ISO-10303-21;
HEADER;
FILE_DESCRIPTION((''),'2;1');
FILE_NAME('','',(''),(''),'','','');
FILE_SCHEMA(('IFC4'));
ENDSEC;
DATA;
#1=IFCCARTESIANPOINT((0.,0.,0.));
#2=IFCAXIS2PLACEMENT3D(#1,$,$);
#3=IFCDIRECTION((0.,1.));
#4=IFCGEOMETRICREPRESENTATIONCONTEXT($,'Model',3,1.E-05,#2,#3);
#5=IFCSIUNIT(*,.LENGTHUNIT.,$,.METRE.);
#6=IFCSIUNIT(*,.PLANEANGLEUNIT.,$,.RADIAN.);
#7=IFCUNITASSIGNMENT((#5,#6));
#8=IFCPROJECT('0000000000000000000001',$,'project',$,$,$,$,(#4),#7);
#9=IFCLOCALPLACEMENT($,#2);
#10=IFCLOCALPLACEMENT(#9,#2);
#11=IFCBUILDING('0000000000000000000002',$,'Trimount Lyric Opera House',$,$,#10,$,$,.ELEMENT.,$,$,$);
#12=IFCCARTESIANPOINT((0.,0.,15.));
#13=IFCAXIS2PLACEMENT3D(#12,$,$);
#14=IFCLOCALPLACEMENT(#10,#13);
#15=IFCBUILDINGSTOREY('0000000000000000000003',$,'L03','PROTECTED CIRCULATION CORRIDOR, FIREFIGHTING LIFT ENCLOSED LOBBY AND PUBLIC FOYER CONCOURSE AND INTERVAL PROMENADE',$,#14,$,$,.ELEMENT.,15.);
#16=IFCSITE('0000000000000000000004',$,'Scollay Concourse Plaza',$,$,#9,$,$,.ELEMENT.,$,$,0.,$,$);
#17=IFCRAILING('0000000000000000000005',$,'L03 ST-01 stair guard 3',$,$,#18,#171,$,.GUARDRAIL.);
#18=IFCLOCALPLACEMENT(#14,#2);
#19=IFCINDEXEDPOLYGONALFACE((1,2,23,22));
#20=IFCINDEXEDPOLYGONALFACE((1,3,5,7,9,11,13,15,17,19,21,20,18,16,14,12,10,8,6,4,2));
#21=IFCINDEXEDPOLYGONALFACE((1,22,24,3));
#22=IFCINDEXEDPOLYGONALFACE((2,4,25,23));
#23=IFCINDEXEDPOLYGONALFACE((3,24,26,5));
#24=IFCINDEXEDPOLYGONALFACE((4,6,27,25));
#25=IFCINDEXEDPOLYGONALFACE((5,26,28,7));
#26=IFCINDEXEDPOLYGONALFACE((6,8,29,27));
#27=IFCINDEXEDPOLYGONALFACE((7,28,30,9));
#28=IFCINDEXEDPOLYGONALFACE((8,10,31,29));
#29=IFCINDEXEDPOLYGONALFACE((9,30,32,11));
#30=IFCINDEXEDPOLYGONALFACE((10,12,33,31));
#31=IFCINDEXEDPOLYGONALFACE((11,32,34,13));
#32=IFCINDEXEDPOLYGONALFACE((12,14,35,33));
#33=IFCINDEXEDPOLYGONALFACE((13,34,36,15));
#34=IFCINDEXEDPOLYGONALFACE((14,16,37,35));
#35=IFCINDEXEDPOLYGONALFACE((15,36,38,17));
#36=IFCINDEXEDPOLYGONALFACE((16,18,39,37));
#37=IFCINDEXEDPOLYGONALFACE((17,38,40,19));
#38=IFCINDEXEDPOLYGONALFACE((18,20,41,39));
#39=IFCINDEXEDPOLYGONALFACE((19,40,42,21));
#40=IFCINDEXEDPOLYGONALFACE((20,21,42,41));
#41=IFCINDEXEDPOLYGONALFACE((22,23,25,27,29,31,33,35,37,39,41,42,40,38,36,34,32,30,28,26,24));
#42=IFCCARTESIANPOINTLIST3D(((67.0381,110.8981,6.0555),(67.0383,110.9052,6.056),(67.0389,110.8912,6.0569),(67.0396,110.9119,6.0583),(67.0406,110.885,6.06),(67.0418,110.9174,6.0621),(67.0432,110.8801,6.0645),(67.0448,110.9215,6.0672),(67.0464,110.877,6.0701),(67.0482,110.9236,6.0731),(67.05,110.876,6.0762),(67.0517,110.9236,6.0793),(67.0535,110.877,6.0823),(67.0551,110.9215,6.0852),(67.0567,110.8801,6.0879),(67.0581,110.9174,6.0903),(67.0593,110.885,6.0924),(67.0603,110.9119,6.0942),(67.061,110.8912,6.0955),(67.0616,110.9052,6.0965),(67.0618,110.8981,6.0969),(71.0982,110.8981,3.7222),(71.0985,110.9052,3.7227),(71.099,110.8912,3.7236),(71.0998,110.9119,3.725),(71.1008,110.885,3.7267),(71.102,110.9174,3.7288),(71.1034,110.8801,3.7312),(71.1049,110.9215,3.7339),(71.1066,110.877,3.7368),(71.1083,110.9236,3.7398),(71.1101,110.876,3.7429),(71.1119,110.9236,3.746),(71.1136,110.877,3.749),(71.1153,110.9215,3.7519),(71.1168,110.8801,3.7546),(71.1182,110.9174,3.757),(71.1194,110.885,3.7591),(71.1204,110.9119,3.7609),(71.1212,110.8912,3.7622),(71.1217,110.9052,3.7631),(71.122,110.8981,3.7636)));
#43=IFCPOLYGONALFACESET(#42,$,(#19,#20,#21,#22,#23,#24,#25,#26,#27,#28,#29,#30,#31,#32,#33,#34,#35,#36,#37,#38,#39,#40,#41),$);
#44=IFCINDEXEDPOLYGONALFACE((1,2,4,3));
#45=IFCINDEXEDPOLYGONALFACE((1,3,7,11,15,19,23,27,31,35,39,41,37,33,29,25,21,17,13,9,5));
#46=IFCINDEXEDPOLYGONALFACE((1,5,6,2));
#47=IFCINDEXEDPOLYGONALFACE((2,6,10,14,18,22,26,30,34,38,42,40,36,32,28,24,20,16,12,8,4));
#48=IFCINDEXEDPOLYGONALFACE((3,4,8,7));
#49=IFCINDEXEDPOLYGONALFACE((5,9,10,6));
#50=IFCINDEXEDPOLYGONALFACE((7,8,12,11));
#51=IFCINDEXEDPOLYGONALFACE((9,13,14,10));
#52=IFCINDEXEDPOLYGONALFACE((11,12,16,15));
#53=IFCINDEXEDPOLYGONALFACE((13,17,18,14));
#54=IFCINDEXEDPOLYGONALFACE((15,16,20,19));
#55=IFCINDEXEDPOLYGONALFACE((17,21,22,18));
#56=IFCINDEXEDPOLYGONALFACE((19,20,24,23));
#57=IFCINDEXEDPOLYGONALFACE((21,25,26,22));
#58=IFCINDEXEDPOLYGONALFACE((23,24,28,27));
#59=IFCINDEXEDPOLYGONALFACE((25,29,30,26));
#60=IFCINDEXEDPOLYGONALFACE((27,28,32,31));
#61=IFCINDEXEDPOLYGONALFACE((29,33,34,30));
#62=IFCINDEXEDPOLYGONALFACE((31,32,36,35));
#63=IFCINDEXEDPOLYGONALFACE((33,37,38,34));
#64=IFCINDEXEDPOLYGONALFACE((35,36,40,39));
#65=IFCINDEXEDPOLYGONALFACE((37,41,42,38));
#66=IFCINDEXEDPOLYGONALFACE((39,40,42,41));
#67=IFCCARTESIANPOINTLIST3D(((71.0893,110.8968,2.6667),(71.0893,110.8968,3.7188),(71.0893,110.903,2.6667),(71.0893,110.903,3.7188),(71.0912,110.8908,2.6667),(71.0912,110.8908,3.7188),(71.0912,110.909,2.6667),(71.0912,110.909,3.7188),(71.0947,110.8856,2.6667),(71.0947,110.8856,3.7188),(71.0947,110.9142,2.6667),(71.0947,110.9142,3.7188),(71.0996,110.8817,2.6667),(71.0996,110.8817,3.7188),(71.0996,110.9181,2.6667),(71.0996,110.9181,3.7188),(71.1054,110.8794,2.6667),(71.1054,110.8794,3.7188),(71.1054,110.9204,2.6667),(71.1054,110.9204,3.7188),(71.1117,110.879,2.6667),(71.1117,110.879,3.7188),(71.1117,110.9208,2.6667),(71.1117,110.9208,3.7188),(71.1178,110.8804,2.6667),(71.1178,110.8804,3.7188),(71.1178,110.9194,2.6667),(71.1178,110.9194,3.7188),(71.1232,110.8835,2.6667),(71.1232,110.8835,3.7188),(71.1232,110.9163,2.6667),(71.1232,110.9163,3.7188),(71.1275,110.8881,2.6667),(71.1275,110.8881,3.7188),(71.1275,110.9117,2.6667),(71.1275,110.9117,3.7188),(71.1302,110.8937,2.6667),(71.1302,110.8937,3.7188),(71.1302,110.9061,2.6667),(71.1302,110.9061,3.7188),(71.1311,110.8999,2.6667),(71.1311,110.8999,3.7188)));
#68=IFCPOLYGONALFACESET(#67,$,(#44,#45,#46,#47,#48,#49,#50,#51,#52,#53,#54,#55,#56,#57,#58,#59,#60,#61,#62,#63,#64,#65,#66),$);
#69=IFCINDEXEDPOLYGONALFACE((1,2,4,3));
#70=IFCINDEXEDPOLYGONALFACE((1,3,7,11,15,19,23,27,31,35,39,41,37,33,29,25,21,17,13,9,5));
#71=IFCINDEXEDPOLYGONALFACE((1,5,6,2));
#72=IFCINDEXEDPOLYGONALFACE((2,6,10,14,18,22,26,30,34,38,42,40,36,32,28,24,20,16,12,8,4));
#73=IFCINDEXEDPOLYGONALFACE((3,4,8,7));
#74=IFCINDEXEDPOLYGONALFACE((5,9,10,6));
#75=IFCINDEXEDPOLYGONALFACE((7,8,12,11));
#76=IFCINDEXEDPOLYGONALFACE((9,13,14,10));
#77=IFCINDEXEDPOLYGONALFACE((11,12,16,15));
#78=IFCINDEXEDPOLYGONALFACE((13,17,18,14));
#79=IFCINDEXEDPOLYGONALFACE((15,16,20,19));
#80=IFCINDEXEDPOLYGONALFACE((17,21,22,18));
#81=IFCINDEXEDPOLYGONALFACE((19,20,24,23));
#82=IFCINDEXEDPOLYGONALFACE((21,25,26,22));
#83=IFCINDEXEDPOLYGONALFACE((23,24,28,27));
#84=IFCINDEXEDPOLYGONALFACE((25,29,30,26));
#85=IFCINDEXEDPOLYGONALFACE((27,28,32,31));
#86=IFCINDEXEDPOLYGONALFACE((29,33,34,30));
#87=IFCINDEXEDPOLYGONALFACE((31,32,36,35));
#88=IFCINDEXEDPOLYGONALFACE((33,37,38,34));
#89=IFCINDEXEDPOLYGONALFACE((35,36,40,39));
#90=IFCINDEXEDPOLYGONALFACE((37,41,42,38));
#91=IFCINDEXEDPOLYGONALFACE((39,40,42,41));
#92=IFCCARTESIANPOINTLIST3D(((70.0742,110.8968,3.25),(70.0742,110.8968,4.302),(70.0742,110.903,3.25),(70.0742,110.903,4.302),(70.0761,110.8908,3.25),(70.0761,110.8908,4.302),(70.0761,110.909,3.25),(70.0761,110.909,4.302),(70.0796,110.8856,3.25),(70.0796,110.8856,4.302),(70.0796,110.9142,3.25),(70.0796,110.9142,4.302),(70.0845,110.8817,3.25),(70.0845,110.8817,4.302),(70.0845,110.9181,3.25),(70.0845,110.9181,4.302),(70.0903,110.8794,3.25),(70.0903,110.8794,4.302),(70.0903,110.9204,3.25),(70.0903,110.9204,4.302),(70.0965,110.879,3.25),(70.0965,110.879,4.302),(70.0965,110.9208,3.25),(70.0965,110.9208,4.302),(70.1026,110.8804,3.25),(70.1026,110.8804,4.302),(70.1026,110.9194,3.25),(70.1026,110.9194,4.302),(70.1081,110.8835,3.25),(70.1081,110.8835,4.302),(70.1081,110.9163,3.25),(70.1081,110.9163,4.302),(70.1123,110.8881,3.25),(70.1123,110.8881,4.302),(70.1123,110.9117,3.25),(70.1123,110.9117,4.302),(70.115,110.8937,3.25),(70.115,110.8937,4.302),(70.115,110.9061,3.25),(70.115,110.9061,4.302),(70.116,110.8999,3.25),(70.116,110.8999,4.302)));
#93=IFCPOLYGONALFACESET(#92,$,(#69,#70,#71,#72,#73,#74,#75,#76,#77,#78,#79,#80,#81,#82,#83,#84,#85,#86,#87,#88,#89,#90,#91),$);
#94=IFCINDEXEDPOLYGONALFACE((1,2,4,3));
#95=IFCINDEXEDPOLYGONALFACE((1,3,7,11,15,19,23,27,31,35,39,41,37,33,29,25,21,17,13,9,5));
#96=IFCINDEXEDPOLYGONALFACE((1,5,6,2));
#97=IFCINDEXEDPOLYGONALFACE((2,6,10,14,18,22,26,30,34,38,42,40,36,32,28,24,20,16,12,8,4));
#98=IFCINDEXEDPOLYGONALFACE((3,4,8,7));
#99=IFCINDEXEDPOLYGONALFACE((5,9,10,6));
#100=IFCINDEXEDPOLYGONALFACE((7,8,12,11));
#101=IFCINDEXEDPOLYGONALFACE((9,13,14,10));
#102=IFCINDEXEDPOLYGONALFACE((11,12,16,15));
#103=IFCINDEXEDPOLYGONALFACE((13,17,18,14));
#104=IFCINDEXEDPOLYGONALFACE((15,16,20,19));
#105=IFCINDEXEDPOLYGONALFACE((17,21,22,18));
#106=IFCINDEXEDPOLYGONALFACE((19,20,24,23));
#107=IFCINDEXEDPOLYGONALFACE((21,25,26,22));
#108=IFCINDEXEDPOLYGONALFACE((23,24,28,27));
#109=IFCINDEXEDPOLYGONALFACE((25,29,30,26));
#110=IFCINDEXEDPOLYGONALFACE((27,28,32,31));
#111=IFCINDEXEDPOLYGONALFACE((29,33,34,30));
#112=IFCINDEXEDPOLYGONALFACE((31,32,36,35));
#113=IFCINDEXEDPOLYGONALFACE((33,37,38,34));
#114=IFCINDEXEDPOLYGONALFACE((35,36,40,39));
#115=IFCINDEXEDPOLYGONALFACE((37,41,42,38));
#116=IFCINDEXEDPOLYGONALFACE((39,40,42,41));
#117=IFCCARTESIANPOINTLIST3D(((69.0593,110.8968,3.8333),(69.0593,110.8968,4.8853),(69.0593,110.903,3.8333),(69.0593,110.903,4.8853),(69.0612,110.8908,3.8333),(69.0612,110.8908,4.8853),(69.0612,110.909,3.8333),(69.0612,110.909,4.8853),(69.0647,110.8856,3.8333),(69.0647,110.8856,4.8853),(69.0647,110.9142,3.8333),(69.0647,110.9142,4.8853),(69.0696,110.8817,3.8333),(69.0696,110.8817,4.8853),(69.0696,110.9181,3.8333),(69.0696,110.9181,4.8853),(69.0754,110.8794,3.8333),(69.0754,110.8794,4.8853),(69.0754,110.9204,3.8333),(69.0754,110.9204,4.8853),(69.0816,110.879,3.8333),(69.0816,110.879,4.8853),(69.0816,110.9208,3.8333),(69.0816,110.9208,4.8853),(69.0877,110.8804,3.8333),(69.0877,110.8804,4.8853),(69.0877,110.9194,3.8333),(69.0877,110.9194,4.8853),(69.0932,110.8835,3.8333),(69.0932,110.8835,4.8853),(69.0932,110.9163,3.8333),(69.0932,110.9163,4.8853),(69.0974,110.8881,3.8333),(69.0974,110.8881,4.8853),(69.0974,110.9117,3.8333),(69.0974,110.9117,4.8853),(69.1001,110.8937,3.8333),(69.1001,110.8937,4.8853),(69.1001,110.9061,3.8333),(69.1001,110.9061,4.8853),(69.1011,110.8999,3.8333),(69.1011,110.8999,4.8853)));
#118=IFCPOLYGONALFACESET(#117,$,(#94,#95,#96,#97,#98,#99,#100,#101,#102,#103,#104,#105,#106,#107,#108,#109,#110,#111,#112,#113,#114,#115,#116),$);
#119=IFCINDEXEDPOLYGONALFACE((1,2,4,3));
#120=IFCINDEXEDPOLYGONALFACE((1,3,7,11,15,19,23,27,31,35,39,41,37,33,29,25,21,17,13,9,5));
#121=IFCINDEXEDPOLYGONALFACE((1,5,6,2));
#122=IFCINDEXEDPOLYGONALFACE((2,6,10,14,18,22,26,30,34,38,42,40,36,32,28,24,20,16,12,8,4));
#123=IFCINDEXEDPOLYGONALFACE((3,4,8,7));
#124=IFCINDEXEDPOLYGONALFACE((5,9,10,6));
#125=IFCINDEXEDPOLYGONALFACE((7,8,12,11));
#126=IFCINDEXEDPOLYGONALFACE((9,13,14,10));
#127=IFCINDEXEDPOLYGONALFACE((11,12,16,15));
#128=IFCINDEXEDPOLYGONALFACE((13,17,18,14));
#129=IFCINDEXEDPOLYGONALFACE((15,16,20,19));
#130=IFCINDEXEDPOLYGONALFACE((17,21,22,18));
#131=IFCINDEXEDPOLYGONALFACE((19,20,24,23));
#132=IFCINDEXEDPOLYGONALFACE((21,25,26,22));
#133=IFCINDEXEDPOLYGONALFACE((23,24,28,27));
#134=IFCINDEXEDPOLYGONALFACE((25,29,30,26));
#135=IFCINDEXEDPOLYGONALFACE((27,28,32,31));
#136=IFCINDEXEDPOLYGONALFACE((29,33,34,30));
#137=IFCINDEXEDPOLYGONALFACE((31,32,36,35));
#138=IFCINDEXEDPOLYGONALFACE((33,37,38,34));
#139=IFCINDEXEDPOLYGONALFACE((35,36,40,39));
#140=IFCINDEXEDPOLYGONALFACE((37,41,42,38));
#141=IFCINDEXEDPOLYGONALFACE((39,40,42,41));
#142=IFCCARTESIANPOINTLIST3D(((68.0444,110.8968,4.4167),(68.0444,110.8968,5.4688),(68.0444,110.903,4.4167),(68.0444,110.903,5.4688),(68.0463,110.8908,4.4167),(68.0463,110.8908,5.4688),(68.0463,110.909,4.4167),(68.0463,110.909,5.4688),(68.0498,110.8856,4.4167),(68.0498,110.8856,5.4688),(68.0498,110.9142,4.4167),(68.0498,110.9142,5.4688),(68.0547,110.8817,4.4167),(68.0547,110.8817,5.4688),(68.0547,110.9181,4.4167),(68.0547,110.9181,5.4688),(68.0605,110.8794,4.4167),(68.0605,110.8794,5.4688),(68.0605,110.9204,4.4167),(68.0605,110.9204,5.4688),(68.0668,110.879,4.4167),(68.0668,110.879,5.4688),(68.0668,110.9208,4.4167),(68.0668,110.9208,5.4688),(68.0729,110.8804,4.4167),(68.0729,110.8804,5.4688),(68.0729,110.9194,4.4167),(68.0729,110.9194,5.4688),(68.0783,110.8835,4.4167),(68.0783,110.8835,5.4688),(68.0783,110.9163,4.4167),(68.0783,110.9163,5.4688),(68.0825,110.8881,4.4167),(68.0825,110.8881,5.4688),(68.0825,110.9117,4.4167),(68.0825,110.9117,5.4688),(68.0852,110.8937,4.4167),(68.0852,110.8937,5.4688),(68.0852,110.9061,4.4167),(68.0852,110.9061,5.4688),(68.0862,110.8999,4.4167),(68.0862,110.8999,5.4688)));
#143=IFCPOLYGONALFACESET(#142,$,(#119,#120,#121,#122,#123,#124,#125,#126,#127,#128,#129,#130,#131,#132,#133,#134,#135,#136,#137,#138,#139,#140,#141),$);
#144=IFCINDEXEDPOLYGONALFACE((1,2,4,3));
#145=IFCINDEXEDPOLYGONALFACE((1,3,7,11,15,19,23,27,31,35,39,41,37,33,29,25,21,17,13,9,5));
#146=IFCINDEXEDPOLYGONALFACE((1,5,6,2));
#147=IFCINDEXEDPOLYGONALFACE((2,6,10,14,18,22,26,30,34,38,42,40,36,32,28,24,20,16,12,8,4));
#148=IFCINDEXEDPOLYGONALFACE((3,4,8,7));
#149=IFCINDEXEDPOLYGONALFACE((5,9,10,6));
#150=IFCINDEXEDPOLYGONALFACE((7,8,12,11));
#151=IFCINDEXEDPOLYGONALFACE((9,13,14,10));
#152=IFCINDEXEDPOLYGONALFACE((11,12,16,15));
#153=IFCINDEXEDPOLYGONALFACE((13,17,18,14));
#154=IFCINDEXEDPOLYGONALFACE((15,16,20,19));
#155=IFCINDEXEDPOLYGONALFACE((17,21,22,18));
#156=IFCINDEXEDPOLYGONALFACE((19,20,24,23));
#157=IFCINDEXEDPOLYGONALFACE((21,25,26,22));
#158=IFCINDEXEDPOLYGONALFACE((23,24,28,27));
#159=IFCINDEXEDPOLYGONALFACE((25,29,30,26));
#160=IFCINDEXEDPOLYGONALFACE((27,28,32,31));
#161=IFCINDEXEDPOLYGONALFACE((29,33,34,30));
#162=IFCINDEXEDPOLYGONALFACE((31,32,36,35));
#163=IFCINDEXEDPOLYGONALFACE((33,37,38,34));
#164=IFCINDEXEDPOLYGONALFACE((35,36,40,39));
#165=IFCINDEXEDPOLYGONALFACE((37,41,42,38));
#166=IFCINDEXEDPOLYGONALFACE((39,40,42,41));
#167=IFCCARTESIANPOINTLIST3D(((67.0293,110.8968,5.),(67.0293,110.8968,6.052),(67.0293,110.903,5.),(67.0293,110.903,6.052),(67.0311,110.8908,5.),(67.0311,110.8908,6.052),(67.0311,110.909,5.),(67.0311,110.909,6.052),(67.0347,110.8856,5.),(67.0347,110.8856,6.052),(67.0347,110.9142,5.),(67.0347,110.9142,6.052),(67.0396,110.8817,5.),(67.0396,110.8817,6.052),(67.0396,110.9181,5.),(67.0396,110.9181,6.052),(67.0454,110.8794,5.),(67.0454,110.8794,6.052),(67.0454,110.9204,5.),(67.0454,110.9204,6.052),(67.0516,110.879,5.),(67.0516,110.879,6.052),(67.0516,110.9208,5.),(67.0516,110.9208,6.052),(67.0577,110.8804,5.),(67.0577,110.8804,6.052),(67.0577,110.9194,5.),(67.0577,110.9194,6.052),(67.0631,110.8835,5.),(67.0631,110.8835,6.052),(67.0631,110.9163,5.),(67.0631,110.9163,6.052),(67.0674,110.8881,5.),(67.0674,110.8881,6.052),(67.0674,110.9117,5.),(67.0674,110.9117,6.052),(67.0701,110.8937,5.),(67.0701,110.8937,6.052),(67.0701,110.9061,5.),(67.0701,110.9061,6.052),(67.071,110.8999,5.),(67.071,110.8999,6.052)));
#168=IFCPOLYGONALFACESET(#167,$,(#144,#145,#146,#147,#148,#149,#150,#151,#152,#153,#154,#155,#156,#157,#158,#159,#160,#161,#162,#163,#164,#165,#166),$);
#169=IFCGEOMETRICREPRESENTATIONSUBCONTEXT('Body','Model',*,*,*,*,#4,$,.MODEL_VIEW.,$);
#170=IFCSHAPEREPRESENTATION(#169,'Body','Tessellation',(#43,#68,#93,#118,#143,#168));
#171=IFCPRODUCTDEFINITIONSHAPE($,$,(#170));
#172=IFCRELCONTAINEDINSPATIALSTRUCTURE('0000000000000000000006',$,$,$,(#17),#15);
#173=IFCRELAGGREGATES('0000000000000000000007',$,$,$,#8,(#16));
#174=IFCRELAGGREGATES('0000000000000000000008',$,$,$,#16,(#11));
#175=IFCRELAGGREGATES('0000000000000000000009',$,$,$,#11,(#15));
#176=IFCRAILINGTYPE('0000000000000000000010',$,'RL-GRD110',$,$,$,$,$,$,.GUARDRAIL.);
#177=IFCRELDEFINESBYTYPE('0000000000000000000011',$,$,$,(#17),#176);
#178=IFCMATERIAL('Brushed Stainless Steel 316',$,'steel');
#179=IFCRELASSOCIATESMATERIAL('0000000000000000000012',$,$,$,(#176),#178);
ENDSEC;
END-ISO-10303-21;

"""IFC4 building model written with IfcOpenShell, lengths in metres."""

from ifc_helpers import new_model, si_unit, direction, frame, origin, origin_2d, place, context, subcontext, project, spatial, circle, extrude, material, type_object, element, save


model = new_model("IFC4")

# Units and contexts
model_context = context("Model", 3, precision=1e-05, world=origin(), true_north=direction((0.0, 1.0)))
body_context = subcontext(model_context, "Body", "Model", "MODEL_VIEW")
ifc_project = project(units=[si_unit("LENGTHUNIT", "METRE"), si_unit("PLANEANGLEUNIT", "RADIAN")], contexts=[model_context])

# Site, building, storey
site_placement = place(None, origin())
site = spatial("IfcSite", under=ifc_project, at=site_placement, Name="Scollay Concourse Plaza", CompositionType="ELEMENT", RefElevation=0.0)
building_placement = place(site_placement, origin())
building = spatial("IfcBuilding", under=site, at=building_placement, Name="Trimount Lyric Opera House", CompositionType="ELEMENT")
storey_placement = place(building_placement, frame((0.0, 0.0, 15.0)))
storey = spatial("IfcBuildingStorey", under=building, at=storey_placement, Name="L03", Description="PROTECTED CIRCULATION CORRIDOR, FIREFIGHTING LIFT ENCLOSED LOBBY AND PUBLIC FOYER CONCOURSE AND INTERVAL PROMENADE", CompositionType="ELEMENT", Elevation=15.0)

# Railing
ifc_material_1 = material(Name="Brushed Stainless Steel 316", Category="steel")
railing_type_1 = type_object("IfcRailingType", Name="RL-GRD110", PredefinedType="GUARDRAIL", material=ifc_material_1)
railing_1_placement = place(storey_placement, frame((71.1101, 110.8999, 2.6667)))
element("IfcRailing", 1, at=railing_1_placement, inside=storey, type_object=railing_type_1, Name="L03 ST-01 stair guard 3", PredefinedType="GUARDRAIL", context=body_context, shape_type="SweptSolid", body=[
    extrude(circle(Radius=0.0239, at=origin_2d()), frame((0.0, 0.0, 1.0762), z_axis=(-0.867025, 0.0, 0.498265), x_axis=(0.0, -1.0, 0.0)), (0.0, 0.0, 1.0), 4.6829),
    extrude(circle(Radius=0.021, at=origin_2d()), origin(), (0.0, 0.0, 1.0), 1.052),
    extrude(circle(Radius=0.021, at=origin_2d()), frame((-1.0151, 0.0, 0.5833)), (0.0, 0.0, 1.0), 1.052),
    extrude(circle(Radius=0.021, at=origin_2d()), frame((-2.03, 0.0, 1.1665)), (0.0, 0.0, 1.0), 1.052),
    extrude(circle(Radius=0.021, at=origin_2d()), frame((-3.0449, 0.0, 1.75)), (0.0, 0.0, 1.0), 1.052),
    extrude(circle(Radius=0.021, at=origin_2d()), frame((-4.0601, 0.0, 2.3333)), (0.0, 0.0, 1.0), 1.052),
])

save(model, "model.ifc")
